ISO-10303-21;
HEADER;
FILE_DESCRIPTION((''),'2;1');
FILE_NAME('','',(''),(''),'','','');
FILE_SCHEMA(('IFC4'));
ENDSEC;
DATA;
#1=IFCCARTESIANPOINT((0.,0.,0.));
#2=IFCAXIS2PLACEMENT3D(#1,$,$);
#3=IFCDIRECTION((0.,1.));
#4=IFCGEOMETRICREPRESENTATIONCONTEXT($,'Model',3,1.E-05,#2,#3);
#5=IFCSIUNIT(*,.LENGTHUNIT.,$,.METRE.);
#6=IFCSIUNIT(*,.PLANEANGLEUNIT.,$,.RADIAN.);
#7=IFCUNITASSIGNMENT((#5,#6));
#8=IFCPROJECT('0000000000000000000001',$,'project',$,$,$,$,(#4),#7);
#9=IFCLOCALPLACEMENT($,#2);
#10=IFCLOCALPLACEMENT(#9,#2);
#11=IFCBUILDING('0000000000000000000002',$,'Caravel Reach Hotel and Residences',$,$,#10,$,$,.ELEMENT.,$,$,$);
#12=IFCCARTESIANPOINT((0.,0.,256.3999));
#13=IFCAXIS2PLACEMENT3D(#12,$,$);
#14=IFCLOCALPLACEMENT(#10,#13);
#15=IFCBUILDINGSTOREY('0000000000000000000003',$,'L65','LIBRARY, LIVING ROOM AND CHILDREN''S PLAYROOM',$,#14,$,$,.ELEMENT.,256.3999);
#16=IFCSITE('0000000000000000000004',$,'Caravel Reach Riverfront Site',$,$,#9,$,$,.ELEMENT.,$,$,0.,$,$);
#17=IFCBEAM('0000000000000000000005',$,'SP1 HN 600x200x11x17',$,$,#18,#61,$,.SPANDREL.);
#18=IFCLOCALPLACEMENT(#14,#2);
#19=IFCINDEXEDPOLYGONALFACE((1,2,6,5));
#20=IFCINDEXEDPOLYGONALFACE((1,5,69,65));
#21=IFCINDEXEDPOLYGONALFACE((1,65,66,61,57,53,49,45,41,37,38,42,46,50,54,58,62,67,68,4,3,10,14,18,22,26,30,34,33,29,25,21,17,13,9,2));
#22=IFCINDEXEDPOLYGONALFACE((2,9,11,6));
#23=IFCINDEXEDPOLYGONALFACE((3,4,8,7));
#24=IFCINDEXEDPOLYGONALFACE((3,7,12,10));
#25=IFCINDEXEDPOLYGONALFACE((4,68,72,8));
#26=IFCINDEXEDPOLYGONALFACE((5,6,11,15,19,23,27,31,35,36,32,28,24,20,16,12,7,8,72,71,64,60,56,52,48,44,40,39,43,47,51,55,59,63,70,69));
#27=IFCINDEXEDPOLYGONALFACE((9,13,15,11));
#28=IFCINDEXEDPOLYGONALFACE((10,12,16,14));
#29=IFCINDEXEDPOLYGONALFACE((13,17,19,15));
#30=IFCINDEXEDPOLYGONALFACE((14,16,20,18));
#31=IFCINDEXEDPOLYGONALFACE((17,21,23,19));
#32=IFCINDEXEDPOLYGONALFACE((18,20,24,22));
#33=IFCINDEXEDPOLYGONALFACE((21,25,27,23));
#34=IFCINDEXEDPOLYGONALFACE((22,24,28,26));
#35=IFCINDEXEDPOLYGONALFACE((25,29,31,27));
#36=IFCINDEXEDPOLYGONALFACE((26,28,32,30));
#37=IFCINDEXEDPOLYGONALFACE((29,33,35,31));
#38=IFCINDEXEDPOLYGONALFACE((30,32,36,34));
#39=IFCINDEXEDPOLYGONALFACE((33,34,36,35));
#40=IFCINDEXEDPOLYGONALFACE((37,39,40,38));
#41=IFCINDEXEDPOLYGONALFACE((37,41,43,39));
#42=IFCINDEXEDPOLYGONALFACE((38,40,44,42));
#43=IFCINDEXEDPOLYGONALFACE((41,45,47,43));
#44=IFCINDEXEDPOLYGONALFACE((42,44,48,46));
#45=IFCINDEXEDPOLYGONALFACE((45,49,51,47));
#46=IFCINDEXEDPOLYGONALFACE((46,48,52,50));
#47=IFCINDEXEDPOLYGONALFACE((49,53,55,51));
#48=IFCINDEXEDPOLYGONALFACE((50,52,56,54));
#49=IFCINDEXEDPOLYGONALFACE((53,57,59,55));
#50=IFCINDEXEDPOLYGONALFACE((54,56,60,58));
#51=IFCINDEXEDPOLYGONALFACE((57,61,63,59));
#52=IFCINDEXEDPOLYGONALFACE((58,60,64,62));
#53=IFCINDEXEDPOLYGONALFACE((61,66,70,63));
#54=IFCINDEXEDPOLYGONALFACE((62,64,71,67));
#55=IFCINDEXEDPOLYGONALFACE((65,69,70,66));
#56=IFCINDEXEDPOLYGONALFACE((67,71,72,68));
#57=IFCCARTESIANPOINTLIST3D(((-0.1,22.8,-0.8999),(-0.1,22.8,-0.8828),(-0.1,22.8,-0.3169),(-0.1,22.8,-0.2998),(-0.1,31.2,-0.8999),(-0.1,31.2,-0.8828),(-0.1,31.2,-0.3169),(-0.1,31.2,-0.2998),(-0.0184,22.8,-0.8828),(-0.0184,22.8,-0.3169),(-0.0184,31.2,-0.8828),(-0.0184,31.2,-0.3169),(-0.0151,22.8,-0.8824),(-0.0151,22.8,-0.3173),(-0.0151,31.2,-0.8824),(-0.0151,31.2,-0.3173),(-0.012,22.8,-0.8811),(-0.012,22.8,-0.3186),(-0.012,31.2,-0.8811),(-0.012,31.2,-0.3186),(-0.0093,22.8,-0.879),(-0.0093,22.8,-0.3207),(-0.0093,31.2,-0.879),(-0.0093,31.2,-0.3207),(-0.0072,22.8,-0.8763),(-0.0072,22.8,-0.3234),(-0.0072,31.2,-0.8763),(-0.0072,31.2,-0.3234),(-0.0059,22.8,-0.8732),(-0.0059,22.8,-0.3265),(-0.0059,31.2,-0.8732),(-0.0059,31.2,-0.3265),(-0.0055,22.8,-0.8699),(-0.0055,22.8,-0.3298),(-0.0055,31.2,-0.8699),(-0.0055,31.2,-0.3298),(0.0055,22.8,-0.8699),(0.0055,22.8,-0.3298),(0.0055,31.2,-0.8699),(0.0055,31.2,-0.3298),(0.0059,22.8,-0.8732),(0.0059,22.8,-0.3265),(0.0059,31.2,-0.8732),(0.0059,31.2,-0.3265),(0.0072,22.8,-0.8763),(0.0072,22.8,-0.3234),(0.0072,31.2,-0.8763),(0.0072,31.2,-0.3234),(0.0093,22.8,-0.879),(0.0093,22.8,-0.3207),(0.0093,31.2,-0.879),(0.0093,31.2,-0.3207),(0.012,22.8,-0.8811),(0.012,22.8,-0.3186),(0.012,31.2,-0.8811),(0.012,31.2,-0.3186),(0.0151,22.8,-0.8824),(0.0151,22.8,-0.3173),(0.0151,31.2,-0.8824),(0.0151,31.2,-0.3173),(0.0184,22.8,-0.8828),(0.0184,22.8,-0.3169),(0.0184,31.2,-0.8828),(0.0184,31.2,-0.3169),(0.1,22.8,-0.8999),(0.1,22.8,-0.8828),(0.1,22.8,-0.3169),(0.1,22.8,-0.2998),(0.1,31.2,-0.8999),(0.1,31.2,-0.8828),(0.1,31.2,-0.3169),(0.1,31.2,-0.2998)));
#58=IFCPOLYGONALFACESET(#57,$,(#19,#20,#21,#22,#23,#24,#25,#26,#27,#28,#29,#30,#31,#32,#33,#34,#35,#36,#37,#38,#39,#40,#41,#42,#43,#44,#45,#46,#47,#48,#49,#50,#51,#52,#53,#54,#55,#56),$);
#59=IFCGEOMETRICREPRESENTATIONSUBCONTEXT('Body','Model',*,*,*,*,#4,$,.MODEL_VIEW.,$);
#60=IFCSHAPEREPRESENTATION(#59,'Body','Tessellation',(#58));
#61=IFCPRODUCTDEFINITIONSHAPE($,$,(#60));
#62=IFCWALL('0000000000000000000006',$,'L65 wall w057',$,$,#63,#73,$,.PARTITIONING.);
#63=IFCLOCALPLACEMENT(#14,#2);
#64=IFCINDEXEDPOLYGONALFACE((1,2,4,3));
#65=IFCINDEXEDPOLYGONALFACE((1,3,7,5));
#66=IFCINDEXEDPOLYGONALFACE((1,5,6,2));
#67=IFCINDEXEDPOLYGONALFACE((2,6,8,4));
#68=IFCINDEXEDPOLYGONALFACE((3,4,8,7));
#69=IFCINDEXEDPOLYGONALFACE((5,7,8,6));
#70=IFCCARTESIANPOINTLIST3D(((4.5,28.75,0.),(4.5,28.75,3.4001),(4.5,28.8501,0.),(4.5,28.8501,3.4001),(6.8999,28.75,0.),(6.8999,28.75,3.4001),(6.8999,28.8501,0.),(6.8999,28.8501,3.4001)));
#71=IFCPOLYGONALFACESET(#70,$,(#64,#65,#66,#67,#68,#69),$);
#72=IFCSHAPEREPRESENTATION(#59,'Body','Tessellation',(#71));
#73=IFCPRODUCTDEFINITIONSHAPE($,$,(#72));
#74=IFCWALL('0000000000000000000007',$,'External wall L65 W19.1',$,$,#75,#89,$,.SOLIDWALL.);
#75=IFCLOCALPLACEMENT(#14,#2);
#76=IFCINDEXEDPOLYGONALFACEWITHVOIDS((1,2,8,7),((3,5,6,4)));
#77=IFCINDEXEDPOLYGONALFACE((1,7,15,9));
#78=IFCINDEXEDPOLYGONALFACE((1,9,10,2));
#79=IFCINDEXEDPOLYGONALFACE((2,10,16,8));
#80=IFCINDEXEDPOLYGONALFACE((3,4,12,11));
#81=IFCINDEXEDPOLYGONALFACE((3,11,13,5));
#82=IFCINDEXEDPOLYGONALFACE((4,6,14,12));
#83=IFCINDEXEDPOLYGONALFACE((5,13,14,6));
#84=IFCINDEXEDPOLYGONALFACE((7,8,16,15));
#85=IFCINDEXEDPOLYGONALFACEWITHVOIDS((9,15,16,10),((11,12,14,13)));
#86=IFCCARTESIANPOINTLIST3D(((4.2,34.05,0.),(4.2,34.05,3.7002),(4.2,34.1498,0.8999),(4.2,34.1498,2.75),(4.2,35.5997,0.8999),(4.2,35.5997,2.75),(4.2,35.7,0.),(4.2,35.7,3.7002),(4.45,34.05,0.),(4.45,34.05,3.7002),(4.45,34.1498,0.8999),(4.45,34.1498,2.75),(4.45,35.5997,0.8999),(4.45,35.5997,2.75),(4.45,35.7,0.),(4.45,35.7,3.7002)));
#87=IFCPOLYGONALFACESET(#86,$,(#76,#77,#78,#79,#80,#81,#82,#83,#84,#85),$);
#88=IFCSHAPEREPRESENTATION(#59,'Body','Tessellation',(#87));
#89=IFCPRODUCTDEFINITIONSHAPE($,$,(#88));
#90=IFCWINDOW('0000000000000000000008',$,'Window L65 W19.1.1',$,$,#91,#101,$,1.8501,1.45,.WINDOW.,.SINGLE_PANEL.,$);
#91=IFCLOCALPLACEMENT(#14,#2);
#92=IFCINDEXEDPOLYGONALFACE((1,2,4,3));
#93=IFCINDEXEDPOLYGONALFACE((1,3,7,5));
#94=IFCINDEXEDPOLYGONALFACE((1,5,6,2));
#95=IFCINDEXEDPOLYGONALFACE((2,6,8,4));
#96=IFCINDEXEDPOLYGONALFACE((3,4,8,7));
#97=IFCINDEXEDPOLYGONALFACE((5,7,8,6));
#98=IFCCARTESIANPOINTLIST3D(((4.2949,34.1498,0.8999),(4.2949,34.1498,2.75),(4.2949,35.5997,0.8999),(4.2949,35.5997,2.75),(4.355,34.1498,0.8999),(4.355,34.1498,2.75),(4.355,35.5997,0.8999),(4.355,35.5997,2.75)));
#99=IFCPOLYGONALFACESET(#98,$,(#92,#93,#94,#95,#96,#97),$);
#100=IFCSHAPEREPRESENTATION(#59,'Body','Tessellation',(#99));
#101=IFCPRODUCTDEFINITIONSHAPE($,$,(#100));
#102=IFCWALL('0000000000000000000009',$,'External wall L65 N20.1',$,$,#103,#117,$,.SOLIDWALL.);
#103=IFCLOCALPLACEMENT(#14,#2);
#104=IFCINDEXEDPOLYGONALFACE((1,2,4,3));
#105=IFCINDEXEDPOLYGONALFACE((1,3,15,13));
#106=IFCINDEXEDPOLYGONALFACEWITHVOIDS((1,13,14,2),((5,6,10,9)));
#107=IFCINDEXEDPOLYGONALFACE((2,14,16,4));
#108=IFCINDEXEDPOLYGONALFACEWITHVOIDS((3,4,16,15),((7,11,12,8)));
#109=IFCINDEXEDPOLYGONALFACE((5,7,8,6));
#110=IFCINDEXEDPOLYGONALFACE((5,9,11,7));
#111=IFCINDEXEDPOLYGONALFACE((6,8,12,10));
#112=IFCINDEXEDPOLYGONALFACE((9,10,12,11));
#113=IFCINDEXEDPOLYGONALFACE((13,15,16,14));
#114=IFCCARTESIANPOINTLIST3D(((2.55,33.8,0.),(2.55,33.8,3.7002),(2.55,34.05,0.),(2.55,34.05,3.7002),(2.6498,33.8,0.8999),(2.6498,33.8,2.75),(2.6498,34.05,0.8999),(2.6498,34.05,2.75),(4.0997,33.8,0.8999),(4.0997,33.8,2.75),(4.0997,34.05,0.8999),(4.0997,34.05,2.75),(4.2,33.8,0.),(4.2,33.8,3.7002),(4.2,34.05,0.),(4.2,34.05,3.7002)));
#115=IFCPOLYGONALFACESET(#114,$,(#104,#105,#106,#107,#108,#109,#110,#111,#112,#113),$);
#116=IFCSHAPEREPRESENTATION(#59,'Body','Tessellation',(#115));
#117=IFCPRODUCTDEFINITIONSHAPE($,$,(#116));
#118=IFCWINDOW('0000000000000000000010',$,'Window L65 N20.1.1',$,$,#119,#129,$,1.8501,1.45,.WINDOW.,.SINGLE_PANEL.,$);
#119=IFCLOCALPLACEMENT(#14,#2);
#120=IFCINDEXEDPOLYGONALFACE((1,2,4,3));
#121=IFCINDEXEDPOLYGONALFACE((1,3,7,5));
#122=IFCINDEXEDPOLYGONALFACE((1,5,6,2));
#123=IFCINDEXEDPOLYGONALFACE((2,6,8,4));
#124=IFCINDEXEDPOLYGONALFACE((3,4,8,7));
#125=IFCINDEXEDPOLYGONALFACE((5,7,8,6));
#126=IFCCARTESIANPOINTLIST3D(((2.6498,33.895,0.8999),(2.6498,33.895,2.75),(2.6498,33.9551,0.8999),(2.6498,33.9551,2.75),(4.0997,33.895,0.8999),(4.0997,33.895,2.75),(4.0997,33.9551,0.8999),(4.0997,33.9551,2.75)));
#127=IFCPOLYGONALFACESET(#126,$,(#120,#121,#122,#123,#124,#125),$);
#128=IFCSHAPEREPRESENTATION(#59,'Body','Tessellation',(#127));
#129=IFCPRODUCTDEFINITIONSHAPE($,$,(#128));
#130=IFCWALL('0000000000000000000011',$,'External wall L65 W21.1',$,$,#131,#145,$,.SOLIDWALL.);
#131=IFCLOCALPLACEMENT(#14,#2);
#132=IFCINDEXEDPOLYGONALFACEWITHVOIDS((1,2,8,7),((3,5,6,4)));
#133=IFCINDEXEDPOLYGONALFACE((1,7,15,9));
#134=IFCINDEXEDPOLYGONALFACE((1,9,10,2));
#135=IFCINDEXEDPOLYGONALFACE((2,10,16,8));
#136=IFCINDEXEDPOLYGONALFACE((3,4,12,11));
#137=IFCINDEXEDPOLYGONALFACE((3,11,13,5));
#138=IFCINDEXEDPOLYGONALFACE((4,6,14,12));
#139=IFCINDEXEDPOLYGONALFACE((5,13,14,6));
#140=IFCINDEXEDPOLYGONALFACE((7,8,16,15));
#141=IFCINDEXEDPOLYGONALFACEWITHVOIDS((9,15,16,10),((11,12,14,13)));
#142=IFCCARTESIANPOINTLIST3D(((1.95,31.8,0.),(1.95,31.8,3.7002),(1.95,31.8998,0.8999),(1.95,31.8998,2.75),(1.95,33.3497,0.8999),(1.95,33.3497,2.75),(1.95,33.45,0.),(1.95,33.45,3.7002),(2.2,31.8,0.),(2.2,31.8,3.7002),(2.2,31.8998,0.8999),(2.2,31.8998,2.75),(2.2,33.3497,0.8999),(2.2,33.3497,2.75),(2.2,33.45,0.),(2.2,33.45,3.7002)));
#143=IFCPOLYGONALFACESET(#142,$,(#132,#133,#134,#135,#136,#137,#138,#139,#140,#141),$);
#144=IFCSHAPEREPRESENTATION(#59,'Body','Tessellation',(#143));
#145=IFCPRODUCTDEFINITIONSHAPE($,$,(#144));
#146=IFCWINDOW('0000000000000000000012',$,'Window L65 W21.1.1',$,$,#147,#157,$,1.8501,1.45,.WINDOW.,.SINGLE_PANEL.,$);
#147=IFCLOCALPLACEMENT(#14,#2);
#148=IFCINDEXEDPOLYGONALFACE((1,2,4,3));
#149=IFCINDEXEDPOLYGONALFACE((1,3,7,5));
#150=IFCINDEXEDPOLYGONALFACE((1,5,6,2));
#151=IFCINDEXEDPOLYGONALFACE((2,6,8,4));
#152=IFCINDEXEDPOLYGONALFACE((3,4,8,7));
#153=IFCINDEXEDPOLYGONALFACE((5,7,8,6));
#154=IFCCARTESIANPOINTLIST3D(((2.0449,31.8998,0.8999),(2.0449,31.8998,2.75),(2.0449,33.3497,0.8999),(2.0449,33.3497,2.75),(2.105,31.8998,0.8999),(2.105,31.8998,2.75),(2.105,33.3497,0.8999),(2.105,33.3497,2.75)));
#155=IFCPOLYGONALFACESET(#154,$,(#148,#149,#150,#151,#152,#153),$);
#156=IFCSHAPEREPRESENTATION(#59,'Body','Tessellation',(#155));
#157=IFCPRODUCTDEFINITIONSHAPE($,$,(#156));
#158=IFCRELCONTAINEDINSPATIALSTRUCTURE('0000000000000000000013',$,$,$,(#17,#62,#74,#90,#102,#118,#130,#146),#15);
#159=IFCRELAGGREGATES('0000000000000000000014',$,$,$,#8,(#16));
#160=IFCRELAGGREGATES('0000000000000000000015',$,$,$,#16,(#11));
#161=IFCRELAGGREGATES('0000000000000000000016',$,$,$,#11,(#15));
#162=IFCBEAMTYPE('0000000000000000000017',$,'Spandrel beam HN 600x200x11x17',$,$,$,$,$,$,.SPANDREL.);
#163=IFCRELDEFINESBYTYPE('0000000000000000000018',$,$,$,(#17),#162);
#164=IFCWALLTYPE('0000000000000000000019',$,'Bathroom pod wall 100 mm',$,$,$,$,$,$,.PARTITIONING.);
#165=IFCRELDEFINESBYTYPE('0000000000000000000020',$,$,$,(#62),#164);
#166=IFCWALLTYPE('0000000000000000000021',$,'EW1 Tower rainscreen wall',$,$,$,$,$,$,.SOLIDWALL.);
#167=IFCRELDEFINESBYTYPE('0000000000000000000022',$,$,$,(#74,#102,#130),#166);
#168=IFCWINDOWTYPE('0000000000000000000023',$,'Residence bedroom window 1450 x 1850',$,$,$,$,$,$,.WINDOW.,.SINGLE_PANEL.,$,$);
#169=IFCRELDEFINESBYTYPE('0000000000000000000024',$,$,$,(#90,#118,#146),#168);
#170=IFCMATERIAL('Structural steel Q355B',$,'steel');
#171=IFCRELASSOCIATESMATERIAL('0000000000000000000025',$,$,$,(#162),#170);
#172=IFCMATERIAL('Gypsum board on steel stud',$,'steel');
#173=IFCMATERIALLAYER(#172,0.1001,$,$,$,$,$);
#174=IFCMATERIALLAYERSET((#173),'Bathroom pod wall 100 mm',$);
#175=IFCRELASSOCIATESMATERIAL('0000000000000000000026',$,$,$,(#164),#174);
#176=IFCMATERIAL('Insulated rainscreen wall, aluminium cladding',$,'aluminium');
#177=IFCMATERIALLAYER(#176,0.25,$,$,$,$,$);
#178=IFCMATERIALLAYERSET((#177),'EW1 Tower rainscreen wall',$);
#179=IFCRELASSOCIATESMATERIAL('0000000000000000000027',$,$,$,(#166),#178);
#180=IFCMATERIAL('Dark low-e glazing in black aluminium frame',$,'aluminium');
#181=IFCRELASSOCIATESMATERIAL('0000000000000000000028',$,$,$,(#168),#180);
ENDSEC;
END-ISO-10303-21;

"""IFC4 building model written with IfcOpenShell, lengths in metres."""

from ifc_helpers import new_model, si_unit, direction, frame, frame_2d, origin, origin_2d, place, context, subcontext, project, spatial, rectangle, i_section, extrude, material, layer, layer_set, material_profile, profile_set, type_object, element, fill, save


model = new_model("IFC4")

# Units and contexts
model_context = context("Model", 3, precision=1e-05, world=origin(), true_north=direction((0.0, 1.0)))
body_context = subcontext(model_context, "Body", "Model", "MODEL_VIEW")
ifc_project = project(units=[si_unit("LENGTHUNIT", "METRE"), si_unit("PLANEANGLEUNIT", "RADIAN")], contexts=[model_context])

# Site, building, storey
site_placement = place(None, origin())
site = spatial("IfcSite", under=ifc_project, at=site_placement, Name="Caravel Reach Riverfront Site", CompositionType="ELEMENT", RefElevation=0.0)
building_placement = place(site_placement, origin())
building = spatial("IfcBuilding", under=site, at=building_placement, Name="Caravel Reach Hotel and Residences", CompositionType="ELEMENT")
storey_placement = place(building_placement, frame((0.0, 0.0, 256.3999)))
storey = spatial("IfcBuildingStorey", under=building, at=storey_placement, Name="L65", Description="LIBRARY, LIVING ROOM AND CHILDREN'S PLAYROOM", CompositionType="ELEMENT", Elevation=256.3999)

# Beam
ifc_material_1 = material(Name="Structural steel Q355B", Category="steel")
ifc_material_profile_1 = material_profile(ifc_material_1, i_section(OverallWidth=0.2, OverallDepth=0.6001, WebThickness=0.011, FlangeThickness=0.0171, FilletRadius=0.0129, at=origin_2d()), Name="HN 600x200x11x17")
ifc_profile_set_1 = profile_set([ifc_material_profile_1], Name="Structural steel Q355B")
beam_type = type_object("IfcBeamType", Name="Spandrel beam HN 600x200x11x17", PredefinedType="SPANDREL", material=ifc_profile_set_1)
beam_placement = place(storey_placement, frame((0.0, 31.2, -0.5999), z_axis=(0.0, -1.0, 0.0), x_axis=(1.0, 0.0, 0.0)))
element("IfcBeam", 1, at=beam_placement, inside=storey, type_object=beam_type, Name="SP1 HN 600x200x11x17", PredefinedType="SPANDREL", context=body_context, shape_type="SweptSolid", body=[
    extrude(i_section(OverallWidth=0.2, OverallDepth=0.6001, WebThickness=0.011, FlangeThickness=0.0171, FilletRadius=0.0129, at=origin_2d()), origin(), (0.0, 0.0, 1.0), 8.3999),
])

# Wall
ifc_material_2 = material(Name="Gypsum board on steel stud", Category="steel")
ifc_layer_1 = layer(ifc_material_2, 0.1001)
ifc_layer_set_1 = layer_set([ifc_layer_1], Name="Bathroom pod wall 100 mm")
wall_type_1 = type_object("IfcWallType", Name="Bathroom pod wall 100 mm", PredefinedType="PARTITIONING", material=ifc_layer_set_1)
wall_1_placement = place(storey_placement, frame((4.5, 28.8, 0.0), z_axis=(0.0, 0.0, 1.0), x_axis=(1.0, 0.0, 0.0)))
element("IfcWall", 2, at=wall_1_placement, inside=storey, type_object=wall_type_1, Name="L65 wall w057", PredefinedType="PARTITIONING", context=body_context, shape_type="SweptSolid", body=[
    extrude(rectangle(XDim=2.3999, YDim=0.1001, at=frame_2d((1.2, 0.0))), origin(), (0.0, 0.0, 1.0), 3.4001),
])

# Walls, openings, windows
ifc_material_3 = material(Name="Insulated rainscreen wall, aluminium cladding", Category="aluminium")
ifc_layer_2 = layer(ifc_material_3, 0.25)
ifc_layer_set_2 = layer_set([ifc_layer_2], Name="EW1 Tower rainscreen wall")
wall_type_2 = type_object("IfcWallType", Name="EW1 Tower rainscreen wall", PredefinedType="SOLIDWALL", material=ifc_layer_set_2)
wall_2_placement = place(storey_placement, frame((4.325, 35.7, 0.0), z_axis=(0.0, 0.0, 1.0), x_axis=(0.0, -1.0, 0.0)))
wall_2 = element("IfcWall", 3, at=wall_2_placement, inside=storey, type_object=wall_type_2, Name="External wall L65 W19.1", PredefinedType="SOLIDWALL", context=body_context, shape_type="SweptSolid", body=[
    extrude(rectangle(XDim=1.6499, YDim=0.25, at=frame_2d((0.825, 0.0))), origin(), (0.0, 0.0, 1.0), 3.7002),
])
opening_1_placement = place(wall_2_placement, frame((0.1001, 0.0, 0.8999)))
opening_1 = element("IfcOpeningElement", 4, at=opening_1_placement, cuts=wall_2, PredefinedType="OPENING", context=body_context, shape_type="SweptSolid", body=[
    extrude(rectangle(XDim=1.45, YDim=1.8501, at=frame_2d((0.7251, 0.925))), frame((0.0, 0.135, 0.0), z_axis=(0.0, -1.0, 0.0), x_axis=(1.0, 0.0, 0.0)), (0.0, 0.0, 1.0), 0.27),
])
ifc_material_4 = material(Name="Dark low-e glazing in black aluminium frame", Category="aluminium")
window_type_1 = type_object("IfcWindowType", Name="Residence bedroom window 1450 x 1850", PartitioningType="SINGLE_PANEL", PredefinedType="WINDOW", material=ifc_material_4)
window_1_placement = place(opening_1_placement, origin())
window_1 = element("IfcWindow", 5, at=window_1_placement, inside=storey, type_object=window_type_1, Name="Window L65 W19.1.1", OverallHeight=1.8501, OverallWidth=1.45, PartitioningType="SINGLE_PANEL", PredefinedType="WINDOW", context=body_context, shape_type="SweptSolid", body=[
    extrude(rectangle(XDim=1.45, YDim=1.8501, at=frame_2d((0.7251, 0.925))), frame((0.0, 0.03, 0.0), z_axis=(0.0, -1.0, 0.0), x_axis=(1.0, 0.0, 0.0)), (0.0, 0.0, 1.0), 0.0601),
])
fill(opening_1, window_1)
wall_3_placement = place(storey_placement, frame((4.2, 33.925, 0.0), z_axis=(0.0, 0.0, 1.0), x_axis=(-1.0, 0.0, 0.0)))
wall_3 = element("IfcWall", 6, at=wall_3_placement, inside=storey, type_object=wall_type_2, Name="External wall L65 N20.1", PredefinedType="SOLIDWALL", context=body_context, shape_type="SweptSolid", body=[
    extrude(rectangle(XDim=1.6499, YDim=0.25, at=frame_2d((0.825, 0.0))), origin(), (0.0, 0.0, 1.0), 3.7002),
])
opening_2_placement = place(wall_3_placement, frame((0.1001, 0.0, 0.8999)))
opening_2 = element("IfcOpeningElement", 7, at=opening_2_placement, cuts=wall_3, PredefinedType="OPENING", context=body_context, shape_type="SweptSolid", body=[
    extrude(rectangle(XDim=1.45, YDim=1.8501, at=frame_2d((0.7251, 0.925))), frame((0.0, 0.135, 0.0), z_axis=(0.0, -1.0, 0.0), x_axis=(1.0, 0.0, 0.0)), (0.0, 0.0, 1.0), 0.27),
])
window_2_placement = place(opening_2_placement, origin())
window_2 = element("IfcWindow", 8, at=window_2_placement, inside=storey, type_object=window_type_1, Name="Window L65 N20.1.1", OverallHeight=1.8501, OverallWidth=1.45, PartitioningType="SINGLE_PANEL", PredefinedType="WINDOW", context=body_context, shape_type="SweptSolid", body=[
    extrude(rectangle(XDim=1.45, YDim=1.8501, at=frame_2d((0.7251, 0.925))), frame((0.0, 0.03, 0.0), z_axis=(0.0, -1.0, 0.0), x_axis=(1.0, 0.0, 0.0)), (0.0, 0.0, 1.0), 0.0601),
])
fill(opening_2, window_2)
wall_4_placement = place(storey_placement, frame((2.075, 33.45, 0.0), z_axis=(0.0, 0.0, 1.0), x_axis=(0.0, -1.0, 0.0)))
wall_4 = element("IfcWall", 9, at=wall_4_placement, inside=storey, type_object=wall_type_2, Name="External wall L65 W21.1", PredefinedType="SOLIDWALL", context=body_context, shape_type="SweptSolid", body=[
    extrude(rectangle(XDim=1.6499, YDim=0.25, at=frame_2d((0.825, 0.0))), origin(), (0.0, 0.0, 1.0), 3.7002),
])
opening_3_placement = place(wall_4_placement, frame((0.1001, 0.0, 0.8999)))
opening_3 = element("IfcOpeningElement", 10, at=opening_3_placement, cuts=wall_4, PredefinedType="OPENING", context=body_context, shape_type="SweptSolid", body=[
    extrude(rectangle(XDim=1.45, YDim=1.8501, at=frame_2d((0.7251, 0.925))), frame((0.0, 0.135, 0.0), z_axis=(0.0, -1.0, 0.0), x_axis=(1.0, 0.0, 0.0)), (0.0, 0.0, 1.0), 0.27),
])
window_3_placement = place(opening_3_placement, origin())
window_3 = element("IfcWindow", 11, at=window_3_placement, inside=storey, type_object=window_type_1, Name="Window L65 W21.1.1", OverallHeight=1.8501, OverallWidth=1.45, PartitioningType="SINGLE_PANEL", PredefinedType="WINDOW", context=body_context, shape_type="SweptSolid", body=[
    extrude(rectangle(XDim=1.45, YDim=1.8501, at=frame_2d((0.7251, 0.925))), frame((0.0, 0.03, 0.0), z_axis=(0.0, -1.0, 0.0), x_axis=(1.0, 0.0, 0.0)), (0.0, 0.0, 1.0), 0.0601),
])
fill(opening_3, window_3)

save(model, "model.ifc")
